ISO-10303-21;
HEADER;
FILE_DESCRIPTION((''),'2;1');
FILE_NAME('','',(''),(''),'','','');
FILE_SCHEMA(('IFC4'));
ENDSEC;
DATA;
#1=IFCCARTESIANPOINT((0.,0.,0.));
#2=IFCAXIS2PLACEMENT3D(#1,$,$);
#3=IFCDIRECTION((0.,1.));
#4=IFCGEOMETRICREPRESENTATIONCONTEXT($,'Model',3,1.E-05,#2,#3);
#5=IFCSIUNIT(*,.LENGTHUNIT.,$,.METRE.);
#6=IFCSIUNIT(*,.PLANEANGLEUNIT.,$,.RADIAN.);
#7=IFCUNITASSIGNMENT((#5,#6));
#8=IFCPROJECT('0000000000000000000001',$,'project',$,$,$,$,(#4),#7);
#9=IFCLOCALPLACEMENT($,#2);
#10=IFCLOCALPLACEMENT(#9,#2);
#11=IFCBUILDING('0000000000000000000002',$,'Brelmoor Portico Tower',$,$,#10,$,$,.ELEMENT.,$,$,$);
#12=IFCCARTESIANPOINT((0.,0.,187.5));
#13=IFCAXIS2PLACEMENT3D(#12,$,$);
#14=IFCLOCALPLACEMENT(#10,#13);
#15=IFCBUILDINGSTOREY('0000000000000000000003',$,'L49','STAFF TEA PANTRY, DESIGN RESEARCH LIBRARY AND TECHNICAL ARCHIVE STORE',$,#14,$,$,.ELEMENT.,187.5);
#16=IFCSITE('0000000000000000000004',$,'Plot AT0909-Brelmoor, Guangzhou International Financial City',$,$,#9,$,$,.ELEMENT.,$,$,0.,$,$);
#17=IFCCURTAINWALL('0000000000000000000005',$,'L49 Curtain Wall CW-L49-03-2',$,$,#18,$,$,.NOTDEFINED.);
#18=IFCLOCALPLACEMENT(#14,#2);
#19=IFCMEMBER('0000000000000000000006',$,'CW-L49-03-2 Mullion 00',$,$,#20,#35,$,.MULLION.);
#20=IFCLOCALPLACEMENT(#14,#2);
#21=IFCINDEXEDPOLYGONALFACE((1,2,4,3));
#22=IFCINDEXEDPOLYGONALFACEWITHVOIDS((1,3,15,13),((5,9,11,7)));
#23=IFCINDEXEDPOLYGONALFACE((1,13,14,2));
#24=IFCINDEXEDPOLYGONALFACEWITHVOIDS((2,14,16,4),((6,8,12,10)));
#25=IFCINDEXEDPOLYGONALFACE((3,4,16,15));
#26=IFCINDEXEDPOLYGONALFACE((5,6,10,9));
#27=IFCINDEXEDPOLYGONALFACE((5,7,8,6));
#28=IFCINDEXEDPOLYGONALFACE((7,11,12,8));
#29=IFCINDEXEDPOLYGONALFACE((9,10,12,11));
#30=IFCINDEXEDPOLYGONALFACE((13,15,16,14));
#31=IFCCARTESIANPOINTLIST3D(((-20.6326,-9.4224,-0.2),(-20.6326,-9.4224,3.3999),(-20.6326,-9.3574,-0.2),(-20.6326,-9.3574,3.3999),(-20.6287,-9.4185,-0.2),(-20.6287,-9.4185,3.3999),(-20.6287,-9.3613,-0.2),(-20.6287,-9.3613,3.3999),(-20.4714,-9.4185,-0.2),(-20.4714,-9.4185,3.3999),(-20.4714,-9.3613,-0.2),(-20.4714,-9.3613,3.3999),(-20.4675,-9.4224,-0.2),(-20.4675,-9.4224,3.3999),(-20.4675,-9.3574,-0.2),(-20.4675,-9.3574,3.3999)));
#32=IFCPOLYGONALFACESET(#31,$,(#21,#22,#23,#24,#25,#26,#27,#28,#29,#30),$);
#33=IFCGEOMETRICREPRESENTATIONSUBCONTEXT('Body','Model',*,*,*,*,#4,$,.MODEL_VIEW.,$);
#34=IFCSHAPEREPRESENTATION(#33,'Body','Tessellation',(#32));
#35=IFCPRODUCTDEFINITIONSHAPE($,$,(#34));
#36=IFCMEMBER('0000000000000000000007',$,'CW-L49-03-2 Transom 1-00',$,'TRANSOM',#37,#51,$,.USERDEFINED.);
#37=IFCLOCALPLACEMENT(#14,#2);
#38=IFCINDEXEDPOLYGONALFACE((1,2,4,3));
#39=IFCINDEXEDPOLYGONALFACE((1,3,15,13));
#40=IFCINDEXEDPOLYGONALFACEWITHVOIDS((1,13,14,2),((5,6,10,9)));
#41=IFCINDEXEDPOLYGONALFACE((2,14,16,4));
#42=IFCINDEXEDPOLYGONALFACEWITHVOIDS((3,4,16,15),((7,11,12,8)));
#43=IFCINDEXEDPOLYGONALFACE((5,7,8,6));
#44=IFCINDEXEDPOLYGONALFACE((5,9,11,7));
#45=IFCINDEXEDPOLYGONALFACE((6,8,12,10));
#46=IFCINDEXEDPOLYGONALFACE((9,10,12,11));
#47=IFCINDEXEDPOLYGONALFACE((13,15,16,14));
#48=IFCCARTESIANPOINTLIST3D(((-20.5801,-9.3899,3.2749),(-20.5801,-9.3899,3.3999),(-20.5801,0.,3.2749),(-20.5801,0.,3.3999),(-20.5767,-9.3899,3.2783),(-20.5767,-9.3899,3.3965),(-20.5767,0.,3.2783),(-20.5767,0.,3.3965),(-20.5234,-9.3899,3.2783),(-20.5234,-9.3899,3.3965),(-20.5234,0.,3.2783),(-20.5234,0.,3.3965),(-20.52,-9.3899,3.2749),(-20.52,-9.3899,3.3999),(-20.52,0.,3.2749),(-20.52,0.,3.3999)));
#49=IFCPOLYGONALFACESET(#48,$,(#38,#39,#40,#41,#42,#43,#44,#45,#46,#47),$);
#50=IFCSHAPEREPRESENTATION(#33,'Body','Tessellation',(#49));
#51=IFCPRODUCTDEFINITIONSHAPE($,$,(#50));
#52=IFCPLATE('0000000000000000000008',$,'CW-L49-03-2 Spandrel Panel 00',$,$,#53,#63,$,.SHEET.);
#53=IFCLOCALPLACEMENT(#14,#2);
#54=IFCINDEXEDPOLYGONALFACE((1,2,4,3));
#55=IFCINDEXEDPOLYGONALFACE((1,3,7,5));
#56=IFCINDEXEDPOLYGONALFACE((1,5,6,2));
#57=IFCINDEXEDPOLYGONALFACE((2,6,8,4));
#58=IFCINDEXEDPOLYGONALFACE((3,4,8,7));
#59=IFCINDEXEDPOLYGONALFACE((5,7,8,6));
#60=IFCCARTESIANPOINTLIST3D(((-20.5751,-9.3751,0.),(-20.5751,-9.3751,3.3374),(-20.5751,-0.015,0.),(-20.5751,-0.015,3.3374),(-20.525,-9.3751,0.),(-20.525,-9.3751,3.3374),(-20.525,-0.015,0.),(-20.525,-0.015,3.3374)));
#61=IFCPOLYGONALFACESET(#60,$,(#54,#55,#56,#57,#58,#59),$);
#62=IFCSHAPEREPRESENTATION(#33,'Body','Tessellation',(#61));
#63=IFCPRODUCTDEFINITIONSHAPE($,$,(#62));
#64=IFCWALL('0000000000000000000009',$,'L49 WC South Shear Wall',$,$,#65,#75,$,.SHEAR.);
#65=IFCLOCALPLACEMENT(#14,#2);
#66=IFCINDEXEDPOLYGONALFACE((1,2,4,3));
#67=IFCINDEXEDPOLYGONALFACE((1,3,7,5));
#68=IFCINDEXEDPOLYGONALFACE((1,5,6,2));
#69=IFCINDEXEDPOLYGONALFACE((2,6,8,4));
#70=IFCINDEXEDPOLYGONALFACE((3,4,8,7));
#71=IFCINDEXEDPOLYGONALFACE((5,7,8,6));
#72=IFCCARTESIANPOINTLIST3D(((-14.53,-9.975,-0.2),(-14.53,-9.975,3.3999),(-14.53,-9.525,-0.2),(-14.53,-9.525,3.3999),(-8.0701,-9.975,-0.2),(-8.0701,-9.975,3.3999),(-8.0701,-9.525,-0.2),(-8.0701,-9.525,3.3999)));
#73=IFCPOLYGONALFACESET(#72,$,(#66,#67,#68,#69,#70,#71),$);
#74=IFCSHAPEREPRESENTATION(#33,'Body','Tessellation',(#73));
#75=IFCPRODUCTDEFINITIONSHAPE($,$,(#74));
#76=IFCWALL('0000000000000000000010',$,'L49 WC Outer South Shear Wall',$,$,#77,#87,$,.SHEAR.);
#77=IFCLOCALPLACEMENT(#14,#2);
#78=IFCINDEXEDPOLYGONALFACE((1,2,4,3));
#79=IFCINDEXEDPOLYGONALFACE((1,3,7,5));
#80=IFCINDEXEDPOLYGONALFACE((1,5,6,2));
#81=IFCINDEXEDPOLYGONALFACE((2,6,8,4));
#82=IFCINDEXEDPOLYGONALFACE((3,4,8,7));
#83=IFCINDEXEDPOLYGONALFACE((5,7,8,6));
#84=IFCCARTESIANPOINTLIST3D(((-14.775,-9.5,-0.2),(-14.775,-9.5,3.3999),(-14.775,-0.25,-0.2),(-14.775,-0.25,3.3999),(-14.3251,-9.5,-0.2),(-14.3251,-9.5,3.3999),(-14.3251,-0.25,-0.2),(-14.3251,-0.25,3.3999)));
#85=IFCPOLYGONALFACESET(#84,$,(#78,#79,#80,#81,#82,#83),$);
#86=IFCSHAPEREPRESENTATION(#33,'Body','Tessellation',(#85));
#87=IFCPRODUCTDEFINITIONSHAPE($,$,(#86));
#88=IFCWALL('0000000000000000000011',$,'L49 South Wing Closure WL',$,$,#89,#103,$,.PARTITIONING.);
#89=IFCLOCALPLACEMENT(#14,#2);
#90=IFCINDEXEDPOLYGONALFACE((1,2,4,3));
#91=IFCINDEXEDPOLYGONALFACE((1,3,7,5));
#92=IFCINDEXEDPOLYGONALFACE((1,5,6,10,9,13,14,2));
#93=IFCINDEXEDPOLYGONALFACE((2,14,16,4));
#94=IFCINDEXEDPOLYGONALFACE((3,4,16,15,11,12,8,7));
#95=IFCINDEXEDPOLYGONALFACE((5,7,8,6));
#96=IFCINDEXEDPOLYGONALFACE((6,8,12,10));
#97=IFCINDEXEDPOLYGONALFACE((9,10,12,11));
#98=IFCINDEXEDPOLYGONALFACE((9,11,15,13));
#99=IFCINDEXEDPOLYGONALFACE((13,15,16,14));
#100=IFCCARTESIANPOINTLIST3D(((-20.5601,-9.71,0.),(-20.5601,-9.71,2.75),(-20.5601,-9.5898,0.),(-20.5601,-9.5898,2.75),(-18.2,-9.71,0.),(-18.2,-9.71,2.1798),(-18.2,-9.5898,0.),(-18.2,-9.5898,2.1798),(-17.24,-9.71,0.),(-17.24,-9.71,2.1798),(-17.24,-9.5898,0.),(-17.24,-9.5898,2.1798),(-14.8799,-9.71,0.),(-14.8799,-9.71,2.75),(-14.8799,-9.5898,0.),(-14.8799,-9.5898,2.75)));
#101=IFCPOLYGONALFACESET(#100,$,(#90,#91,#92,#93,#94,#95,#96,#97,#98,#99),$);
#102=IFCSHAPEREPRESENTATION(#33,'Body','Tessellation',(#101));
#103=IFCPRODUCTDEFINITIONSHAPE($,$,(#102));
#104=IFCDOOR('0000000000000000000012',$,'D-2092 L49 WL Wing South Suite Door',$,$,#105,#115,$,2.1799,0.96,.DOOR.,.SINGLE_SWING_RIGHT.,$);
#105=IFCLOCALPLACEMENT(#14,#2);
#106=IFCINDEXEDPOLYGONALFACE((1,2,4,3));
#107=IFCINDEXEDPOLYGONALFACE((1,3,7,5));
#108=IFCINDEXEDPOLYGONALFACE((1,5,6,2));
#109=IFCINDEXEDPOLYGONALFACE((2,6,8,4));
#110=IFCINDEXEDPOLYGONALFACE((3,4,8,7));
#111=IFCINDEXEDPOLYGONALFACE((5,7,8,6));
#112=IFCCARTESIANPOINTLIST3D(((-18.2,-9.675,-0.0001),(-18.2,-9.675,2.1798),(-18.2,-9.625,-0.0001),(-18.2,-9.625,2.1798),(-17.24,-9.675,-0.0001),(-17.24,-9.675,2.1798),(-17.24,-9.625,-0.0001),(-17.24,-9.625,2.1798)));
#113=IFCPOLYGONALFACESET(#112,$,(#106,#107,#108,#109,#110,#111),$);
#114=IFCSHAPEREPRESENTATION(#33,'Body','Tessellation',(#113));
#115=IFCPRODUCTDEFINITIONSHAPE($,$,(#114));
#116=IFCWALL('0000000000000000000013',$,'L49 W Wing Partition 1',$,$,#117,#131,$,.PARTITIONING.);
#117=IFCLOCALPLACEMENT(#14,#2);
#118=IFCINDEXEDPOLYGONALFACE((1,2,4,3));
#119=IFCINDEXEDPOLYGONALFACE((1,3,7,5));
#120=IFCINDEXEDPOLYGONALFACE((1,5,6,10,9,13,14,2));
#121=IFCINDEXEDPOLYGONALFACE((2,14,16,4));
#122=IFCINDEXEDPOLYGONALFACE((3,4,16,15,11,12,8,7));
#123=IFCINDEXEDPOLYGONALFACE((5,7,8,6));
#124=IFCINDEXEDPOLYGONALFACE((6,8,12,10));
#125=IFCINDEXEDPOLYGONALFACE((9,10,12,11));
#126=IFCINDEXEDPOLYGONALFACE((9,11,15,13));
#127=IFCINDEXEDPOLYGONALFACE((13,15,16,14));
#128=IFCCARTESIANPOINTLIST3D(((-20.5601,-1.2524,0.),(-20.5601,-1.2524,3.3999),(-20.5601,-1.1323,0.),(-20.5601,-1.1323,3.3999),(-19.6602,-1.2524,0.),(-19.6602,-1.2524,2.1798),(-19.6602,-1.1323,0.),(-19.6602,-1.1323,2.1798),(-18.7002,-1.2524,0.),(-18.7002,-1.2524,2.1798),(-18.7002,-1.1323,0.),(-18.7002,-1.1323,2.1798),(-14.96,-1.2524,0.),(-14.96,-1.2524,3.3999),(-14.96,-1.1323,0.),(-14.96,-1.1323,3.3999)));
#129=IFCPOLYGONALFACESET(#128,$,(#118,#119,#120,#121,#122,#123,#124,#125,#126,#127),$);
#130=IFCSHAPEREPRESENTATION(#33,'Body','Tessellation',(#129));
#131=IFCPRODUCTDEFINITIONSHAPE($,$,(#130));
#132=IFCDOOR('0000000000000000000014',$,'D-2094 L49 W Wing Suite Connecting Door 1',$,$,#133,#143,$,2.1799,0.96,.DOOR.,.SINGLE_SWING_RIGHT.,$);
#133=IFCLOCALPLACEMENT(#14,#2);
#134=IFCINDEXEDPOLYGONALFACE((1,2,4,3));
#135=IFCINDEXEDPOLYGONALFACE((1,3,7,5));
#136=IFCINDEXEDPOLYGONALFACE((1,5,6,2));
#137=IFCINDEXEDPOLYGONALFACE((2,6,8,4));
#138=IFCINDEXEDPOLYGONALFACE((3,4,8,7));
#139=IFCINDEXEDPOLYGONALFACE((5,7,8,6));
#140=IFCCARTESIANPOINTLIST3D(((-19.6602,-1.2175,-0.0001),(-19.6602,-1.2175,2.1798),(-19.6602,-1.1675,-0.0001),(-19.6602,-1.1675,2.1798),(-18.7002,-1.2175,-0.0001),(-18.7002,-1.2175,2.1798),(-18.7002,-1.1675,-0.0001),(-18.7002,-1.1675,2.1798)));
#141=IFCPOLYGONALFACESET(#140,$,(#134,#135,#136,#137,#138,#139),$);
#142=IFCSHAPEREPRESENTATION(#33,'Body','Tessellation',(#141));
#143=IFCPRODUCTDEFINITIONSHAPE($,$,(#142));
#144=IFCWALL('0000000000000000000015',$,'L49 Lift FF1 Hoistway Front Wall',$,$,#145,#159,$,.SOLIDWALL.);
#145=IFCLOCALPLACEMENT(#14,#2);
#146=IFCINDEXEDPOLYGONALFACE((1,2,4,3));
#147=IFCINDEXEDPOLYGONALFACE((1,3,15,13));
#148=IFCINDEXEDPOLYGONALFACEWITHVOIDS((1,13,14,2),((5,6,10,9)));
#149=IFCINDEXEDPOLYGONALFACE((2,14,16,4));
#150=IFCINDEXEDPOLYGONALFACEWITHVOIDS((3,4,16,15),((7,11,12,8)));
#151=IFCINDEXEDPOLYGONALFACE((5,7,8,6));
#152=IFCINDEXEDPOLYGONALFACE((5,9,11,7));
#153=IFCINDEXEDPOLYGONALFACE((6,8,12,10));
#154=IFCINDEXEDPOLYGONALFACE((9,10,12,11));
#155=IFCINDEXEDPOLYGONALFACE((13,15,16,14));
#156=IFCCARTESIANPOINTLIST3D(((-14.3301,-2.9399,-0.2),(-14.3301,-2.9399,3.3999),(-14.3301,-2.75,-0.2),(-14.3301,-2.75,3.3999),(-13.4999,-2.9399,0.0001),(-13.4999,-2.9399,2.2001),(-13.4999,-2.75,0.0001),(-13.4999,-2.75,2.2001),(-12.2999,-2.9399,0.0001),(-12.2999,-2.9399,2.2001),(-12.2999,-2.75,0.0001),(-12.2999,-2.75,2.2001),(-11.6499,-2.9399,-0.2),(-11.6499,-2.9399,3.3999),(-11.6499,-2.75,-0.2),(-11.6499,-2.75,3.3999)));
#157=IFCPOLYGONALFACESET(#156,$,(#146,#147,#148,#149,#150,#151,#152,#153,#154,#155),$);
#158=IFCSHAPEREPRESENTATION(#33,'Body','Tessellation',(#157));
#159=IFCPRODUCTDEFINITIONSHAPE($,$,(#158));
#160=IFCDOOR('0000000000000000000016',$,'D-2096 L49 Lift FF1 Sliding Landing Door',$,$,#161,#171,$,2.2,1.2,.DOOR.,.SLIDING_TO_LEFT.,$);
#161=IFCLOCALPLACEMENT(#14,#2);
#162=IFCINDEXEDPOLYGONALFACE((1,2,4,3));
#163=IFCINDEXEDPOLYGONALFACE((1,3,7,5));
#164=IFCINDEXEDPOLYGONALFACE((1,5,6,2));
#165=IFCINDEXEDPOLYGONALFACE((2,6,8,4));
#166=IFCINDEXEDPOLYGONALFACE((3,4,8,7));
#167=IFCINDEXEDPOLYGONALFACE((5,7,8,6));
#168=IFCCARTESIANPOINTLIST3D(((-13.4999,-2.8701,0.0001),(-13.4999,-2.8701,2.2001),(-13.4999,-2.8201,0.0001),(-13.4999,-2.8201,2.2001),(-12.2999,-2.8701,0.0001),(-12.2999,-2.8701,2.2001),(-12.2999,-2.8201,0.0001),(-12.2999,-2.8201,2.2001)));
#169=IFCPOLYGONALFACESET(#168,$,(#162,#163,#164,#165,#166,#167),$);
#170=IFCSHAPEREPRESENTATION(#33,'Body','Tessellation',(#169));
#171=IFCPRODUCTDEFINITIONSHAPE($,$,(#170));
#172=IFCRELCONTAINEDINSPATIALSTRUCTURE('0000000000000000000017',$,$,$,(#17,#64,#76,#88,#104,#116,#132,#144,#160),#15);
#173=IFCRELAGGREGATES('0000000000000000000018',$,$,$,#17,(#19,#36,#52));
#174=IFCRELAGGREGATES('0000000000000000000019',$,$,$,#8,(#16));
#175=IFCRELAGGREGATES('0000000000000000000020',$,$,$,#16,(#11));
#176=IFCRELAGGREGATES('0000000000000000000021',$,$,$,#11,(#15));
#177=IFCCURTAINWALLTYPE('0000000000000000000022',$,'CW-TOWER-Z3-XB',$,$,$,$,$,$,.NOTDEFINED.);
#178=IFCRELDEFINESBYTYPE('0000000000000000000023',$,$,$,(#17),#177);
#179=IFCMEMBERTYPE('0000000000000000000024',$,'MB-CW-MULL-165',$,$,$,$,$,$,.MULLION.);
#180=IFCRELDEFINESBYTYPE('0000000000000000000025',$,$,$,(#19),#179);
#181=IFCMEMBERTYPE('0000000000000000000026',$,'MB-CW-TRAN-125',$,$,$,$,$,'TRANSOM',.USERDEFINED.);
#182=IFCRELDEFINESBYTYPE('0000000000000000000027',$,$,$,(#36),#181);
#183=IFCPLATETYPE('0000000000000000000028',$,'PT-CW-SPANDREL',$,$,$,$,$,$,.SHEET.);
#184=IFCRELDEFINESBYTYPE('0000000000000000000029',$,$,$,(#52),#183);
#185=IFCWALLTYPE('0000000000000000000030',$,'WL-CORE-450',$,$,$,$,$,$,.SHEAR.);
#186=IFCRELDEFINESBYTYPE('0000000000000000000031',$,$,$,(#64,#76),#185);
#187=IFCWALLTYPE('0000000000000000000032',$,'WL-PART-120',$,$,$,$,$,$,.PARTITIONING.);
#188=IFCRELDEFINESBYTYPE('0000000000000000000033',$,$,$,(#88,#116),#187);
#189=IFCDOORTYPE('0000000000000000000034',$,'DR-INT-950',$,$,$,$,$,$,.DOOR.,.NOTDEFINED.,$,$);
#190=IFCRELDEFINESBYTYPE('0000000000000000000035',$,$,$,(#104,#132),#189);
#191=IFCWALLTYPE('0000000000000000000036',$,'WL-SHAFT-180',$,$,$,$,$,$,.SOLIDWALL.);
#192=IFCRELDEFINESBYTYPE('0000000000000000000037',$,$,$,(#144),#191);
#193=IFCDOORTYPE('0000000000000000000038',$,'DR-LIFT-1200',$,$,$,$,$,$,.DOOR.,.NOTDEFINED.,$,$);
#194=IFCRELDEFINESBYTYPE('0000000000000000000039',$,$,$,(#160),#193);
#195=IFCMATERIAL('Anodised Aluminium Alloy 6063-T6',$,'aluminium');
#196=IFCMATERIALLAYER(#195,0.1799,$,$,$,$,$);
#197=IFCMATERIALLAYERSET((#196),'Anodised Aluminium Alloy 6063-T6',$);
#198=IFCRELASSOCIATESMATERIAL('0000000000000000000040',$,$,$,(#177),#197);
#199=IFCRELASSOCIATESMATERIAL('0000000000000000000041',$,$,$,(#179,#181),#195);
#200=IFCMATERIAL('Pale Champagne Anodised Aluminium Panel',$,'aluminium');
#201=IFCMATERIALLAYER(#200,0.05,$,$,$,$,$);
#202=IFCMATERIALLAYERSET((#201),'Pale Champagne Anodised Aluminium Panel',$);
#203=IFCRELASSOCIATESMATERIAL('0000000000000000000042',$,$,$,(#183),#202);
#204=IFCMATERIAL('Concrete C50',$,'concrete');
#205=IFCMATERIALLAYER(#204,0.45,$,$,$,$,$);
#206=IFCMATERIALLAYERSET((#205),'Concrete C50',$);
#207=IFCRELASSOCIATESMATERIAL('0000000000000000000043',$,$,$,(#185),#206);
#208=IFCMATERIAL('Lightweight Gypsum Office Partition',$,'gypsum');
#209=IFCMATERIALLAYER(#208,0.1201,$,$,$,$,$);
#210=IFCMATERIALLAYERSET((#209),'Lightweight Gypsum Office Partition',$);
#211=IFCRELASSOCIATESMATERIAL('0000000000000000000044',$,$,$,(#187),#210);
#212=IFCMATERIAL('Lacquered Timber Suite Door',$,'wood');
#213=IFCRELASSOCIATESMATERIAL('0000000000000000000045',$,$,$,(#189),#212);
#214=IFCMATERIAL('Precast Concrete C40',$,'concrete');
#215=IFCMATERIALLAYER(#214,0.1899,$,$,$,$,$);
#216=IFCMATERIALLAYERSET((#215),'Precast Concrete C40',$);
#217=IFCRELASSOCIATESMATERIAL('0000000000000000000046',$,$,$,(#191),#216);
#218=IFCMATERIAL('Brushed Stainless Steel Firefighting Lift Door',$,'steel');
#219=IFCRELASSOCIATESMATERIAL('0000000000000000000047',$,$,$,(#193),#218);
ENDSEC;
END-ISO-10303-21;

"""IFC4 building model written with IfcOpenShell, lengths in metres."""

from ifc_helpers import new_model, si_unit, direction, frame, frame_2d, origin, origin_2d, place, context, subcontext, project, spatial, rectangle, hollow_rectangle, extrude, material, layer, layer_set, material_profile, profile_set, type_object, element, fill, aggregate, save


model = new_model("IFC4")

# Units and contexts
model_context = context("Model", 3, precision=1e-05, world=origin(), true_north=direction((0.0, 1.0)))
body_context = subcontext(model_context, "Body", "Model", "MODEL_VIEW")
ifc_project = project(units=[si_unit("LENGTHUNIT", "METRE"), si_unit("PLANEANGLEUNIT", "RADIAN")], contexts=[model_context])

# Site, building, storey
site_placement = place(None, origin())
site = spatial("IfcSite", under=ifc_project, at=site_placement, Name="Plot AT0909-Brelmoor, Guangzhou International Financial City", CompositionType="ELEMENT", RefElevation=0.0)
building_placement = place(site_placement, origin())
building = spatial("IfcBuilding", under=site, at=building_placement, Name="Brelmoor Portico Tower", CompositionType="ELEMENT")
storey_placement = place(building_placement, frame((0.0, 0.0, 187.5)))
storey = spatial("IfcBuildingStorey", under=building, at=storey_placement, Name="L49", Description="STAFF TEA PANTRY, DESIGN RESEARCH LIBRARY AND TECHNICAL ARCHIVE STORE", CompositionType="ELEMENT", Elevation=187.5)

# Curtain wall, members, plate
ifc_material_1 = material(Name="Anodised Aluminium Alloy 6063-T6", Category="aluminium")
ifc_layer_1 = layer(ifc_material_1, 0.1799)
ifc_layer_set_1 = layer_set([ifc_layer_1], Name="Anodised Aluminium Alloy 6063-T6")
curtain_wall_type = type_object("IfcCurtainWallType", Name="CW-TOWER-Z3-XB", PredefinedType="NOTDEFINED", material=ifc_layer_set_1)
curtain_wall_placement = place(storey_placement, origin())
curtain_wall = element("IfcCurtainWall", 1, at=curtain_wall_placement, inside=storey, type_object=curtain_wall_type, Name="L49 Curtain Wall CW-L49-03-2", PredefinedType="NOTDEFINED")
ifc_material_profile_1 = material_profile(ifc_material_1, hollow_rectangle(XDim=0.0649, YDim=0.165, WallThickness=0.0039, at=origin_2d()), Name="ALU MULLION 65x165")
ifc_profile_set_1 = profile_set([ifc_material_profile_1], Name="Anodised Aluminium Alloy 6063-T6")
member_type_1 = type_object("IfcMemberType", Name="MB-CW-MULL-165", PredefinedType="MULLION", material=ifc_profile_set_1)
member_1_placement = place(storey_placement, frame((-20.55, -9.3899, -0.2), z_axis=(0.0, 0.0, 1.0), x_axis=(0.0, 1.0, 0.0)))
member_1 = element("IfcMember", 2, at=member_1_placement, type_object=member_type_1, Name="CW-L49-03-2 Mullion 00", PredefinedType="MULLION", context=body_context, shape_type="SweptSolid", body=[
    extrude(hollow_rectangle(XDim=0.0649, YDim=0.165, WallThickness=0.0039, at=origin_2d()), origin(), (0.0, 0.0, 1.0), 3.5999),
])
ifc_material_profile_2 = material_profile(ifc_material_1, hollow_rectangle(XDim=0.0601, YDim=0.125, WallThickness=0.0034, at=origin_2d()), Name="ALU TRANSOM 60x125")
ifc_profile_set_2 = profile_set([ifc_material_profile_2], Name="Anodised Aluminium Alloy 6063-T6")
member_type_2 = type_object("IfcMemberType", Name="MB-CW-TRAN-125", ElementType="TRANSOM", PredefinedType="USERDEFINED", material=ifc_profile_set_2)
member_2_placement = place(storey_placement, frame((-20.55, -9.3899, 3.3374), z_axis=(0.0, 1.0, 0.0), x_axis=(-1.0, 0.0, 0.0)))
member_2 = element("IfcMember", 3, at=member_2_placement, type_object=member_type_2, Name="CW-L49-03-2 Transom 1-00", ObjectType="TRANSOM", PredefinedType="USERDEFINED", context=body_context, shape_type="SweptSolid", body=[
    extrude(hollow_rectangle(XDim=0.0601, YDim=0.125, WallThickness=0.0034, at=origin_2d()), origin(), (0.0, 0.0, 1.0), 9.3899),
])
ifc_material_2 = material(Name="Pale Champagne Anodised Aluminium Panel", Category="aluminium")
ifc_layer_2 = layer(ifc_material_2, 0.05)
ifc_layer_set_2 = layer_set([ifc_layer_2], Name="Pale Champagne Anodised Aluminium Panel")
plate_type = type_object("IfcPlateType", Name="PT-CW-SPANDREL", PredefinedType="SHEET", material=ifc_layer_set_2)
plate_placement = place(storey_placement, frame((-20.55, -4.6951, 0.0), z_axis=(0.0, 0.0, 1.0), x_axis=(0.0, 1.0, 0.0)))
plate = element("IfcPlate", 4, at=plate_placement, type_object=plate_type, Name="CW-L49-03-2 Spandrel Panel 00", PredefinedType="SHEET", context=body_context, shape_type="SweptSolid", body=[
    extrude(rectangle(XDim=9.3601, YDim=0.05, at=origin_2d()), origin(), (0.0, 0.0, 1.0), 3.3374),
])
aggregate(curtain_wall, [member_1, member_2, plate])

# Walls
ifc_material_3 = material(Name="Concrete C50", Category="concrete")
ifc_layer_3 = layer(ifc_material_3, 0.45)
ifc_layer_set_3 = layer_set([ifc_layer_3], Name="Concrete C50")
wall_type_1 = type_object("IfcWallType", Name="WL-CORE-450", PredefinedType="SHEAR", material=ifc_layer_set_3)
wall_1_placement = place(storey_placement, frame((-14.53, -9.75, -0.2), z_axis=(0.0, 0.0, 1.0), x_axis=(1.0, 0.0, 0.0)))
element("IfcWall", 5, at=wall_1_placement, inside=storey, type_object=wall_type_1, Name="L49 WC South Shear Wall", PredefinedType="SHEAR", context=body_context, shape_type="SweptSolid", body=[
    extrude(rectangle(XDim=6.46, YDim=0.45, at=frame_2d((3.23, 0.0))), origin(), (0.0, 0.0, 1.0), 3.5999),
])
wall_2_placement = place(storey_placement, frame((-14.55, -9.5, -0.2), z_axis=(0.0, 0.0, 1.0), x_axis=(0.0, 1.0, 0.0)))
element("IfcWall", 6, at=wall_2_placement, inside=storey, type_object=wall_type_1, Name="L49 WC Outer South Shear Wall", PredefinedType="SHEAR", context=body_context, shape_type="SweptSolid", body=[
    extrude(rectangle(XDim=9.25, YDim=0.45, at=frame_2d((4.625, 0.0))), origin(), (0.0, 0.0, 1.0), 3.5999),
])

# Walls, openings, doors
ifc_material_4 = material(Name="Lightweight Gypsum Office Partition", Category="gypsum")
ifc_layer_4 = layer(ifc_material_4, 0.1201)
ifc_layer_set_4 = layer_set([ifc_layer_4], Name="Lightweight Gypsum Office Partition")
wall_type_2 = type_object("IfcWallType", Name="WL-PART-120", PredefinedType="PARTITIONING", material=ifc_layer_set_4)
wall_3_placement = place(storey_placement, frame((-20.5601, -9.6499, 0.0), z_axis=(0.0, 0.0, 1.0), x_axis=(1.0, 0.0, 0.0)))
wall_3 = element("IfcWall", 7, at=wall_3_placement, inside=storey, type_object=wall_type_2, Name="L49 South Wing Closure WL", PredefinedType="PARTITIONING", context=body_context, shape_type="SweptSolid", body=[
    extrude(rectangle(XDim=5.6802, YDim=0.1201, at=frame_2d((2.8401, 0.0))), origin(), (0.0, 0.0, 1.0), 2.75),
])
opening_1_placement = place(wall_3_placement, frame((2.3601, 0.0, 0.0)))
opening_1 = element("IfcOpeningElement", 8, at=opening_1_placement, cuts=wall_3, PredefinedType="OPENING", context=body_context, shape_type="SweptSolid", body=[
    extrude(rectangle(XDim=0.96, YDim=2.1799, at=frame_2d((0.48, 1.0898))), frame((0.0, 0.0701, 0.0), z_axis=(0.0, -1.0, 0.0), x_axis=(1.0, 0.0, 0.0)), (0.0, 0.0, 1.0), 0.1401),
])
ifc_material_5 = material(Name="Lacquered Timber Suite Door", Category="wood")
door_type_1 = type_object("IfcDoorType", Name="DR-INT-950", OperationType="NOTDEFINED", PredefinedType="DOOR", material=ifc_material_5)
door_1_placement = place(opening_1_placement, origin())
door_1 = element("IfcDoor", 9, at=door_1_placement, inside=storey, type_object=door_type_1, Name="D-2092 L49 WL Wing South Suite Door", OperationType="SINGLE_SWING_RIGHT", OverallHeight=2.1799, OverallWidth=0.96, PredefinedType="DOOR", context=body_context, shape_type="SweptSolid", body=[
    extrude(rectangle(XDim=0.96, YDim=2.1799, at=frame_2d((0.48, 1.0898))), frame((0.0, 0.0249, 0.0), z_axis=(0.0, -1.0, 0.0), x_axis=(1.0, 0.0, 0.0)), (0.0, 0.0, 1.0), 0.05),
])
fill(opening_1, door_1)
wall_4_placement = place(storey_placement, frame((-20.5601, -1.1924, 0.0), z_axis=(0.0, 0.0, 1.0), x_axis=(1.0, 0.0, 0.0)))
wall_4 = element("IfcWall", 10, at=wall_4_placement, inside=storey, type_object=wall_type_2, Name="L49 W Wing Partition 1", PredefinedType="PARTITIONING", context=body_context, shape_type="SweptSolid", body=[
    extrude(rectangle(XDim=5.6001, YDim=0.1201, at=frame_2d((2.8, 0.0))), origin(), (0.0, 0.0, 1.0), 3.3999),
])
opening_2_placement = place(wall_4_placement, frame((0.8999, 0.0, 0.0)))
opening_2 = element("IfcOpeningElement", 11, at=opening_2_placement, cuts=wall_4, PredefinedType="OPENING", context=body_context, shape_type="SweptSolid", body=[
    extrude(rectangle(XDim=0.96, YDim=2.1799, at=frame_2d((0.48, 1.0898))), frame((0.0, 0.0701, 0.0), z_axis=(0.0, -1.0, 0.0), x_axis=(1.0, 0.0, 0.0)), (0.0, 0.0, 1.0), 0.1401),
])
door_2_placement = place(opening_2_placement, origin())
door_2 = element("IfcDoor", 12, at=door_2_placement, inside=storey, type_object=door_type_1, Name="D-2094 L49 W Wing Suite Connecting Door 1", OperationType="SINGLE_SWING_RIGHT", OverallHeight=2.1799, OverallWidth=0.96, PredefinedType="DOOR", context=body_context, shape_type="SweptSolid", body=[
    extrude(rectangle(XDim=0.96, YDim=2.1799, at=frame_2d((0.48, 1.0898))), frame((0.0, 0.0249, 0.0), z_axis=(0.0, -1.0, 0.0), x_axis=(1.0, 0.0, 0.0)), (0.0, 0.0, 1.0), 0.05),
])
fill(opening_2, door_2)
ifc_material_6 = material(Name="Precast Concrete C40", Category="concrete")
ifc_layer_5 = layer(ifc_material_6, 0.1899)
ifc_layer_set_5 = layer_set([ifc_layer_5], Name="Precast Concrete C40")
wall_type_3 = type_object("IfcWallType", Name="WL-SHAFT-180", PredefinedType="SOLIDWALL", material=ifc_layer_set_5)
wall_5_placement = place(storey_placement, frame((-14.3301, -2.845, -0.2), z_axis=(0.0, 0.0, 1.0), x_axis=(1.0, 0.0, 0.0)))
wall_5 = element("IfcWall", 13, at=wall_5_placement, inside=storey, type_object=wall_type_3, Name="L49 Lift FF1 Hoistway Front Wall", PredefinedType="SOLIDWALL", context=body_context, shape_type="SweptSolid", body=[
    extrude(rectangle(XDim=2.6802, YDim=0.1899, at=frame_2d((1.3401, 0.0))), origin(), (0.0, 0.0, 1.0), 3.5999),
])
opening_3_placement = place(wall_5_placement, frame((0.8301, 0.0, 0.2)))
opening_3 = element("IfcOpeningElement", 14, at=opening_3_placement, cuts=wall_5, PredefinedType="OPENING", context=body_context, shape_type="SweptSolid", body=[
    extrude(rectangle(XDim=1.2, YDim=2.2, at=frame_2d((0.6001, 1.1001))), frame((0.0, 0.105, 0.0), z_axis=(0.0, -1.0, 0.0), x_axis=(1.0, 0.0, 0.0)), (0.0, 0.0, 1.0), 0.21),
])
ifc_material_7 = material(Name="Brushed Stainless Steel Firefighting Lift Door", Category="steel")
door_type_2 = type_object("IfcDoorType", Name="DR-LIFT-1200", OperationType="NOTDEFINED", PredefinedType="DOOR", material=ifc_material_7)
door_3_placement = place(opening_3_placement, origin())
door_3 = element("IfcDoor", 15, at=door_3_placement, inside=storey, type_object=door_type_2, Name="D-2096 L49 Lift FF1 Sliding Landing Door", OperationType="SLIDING_TO_LEFT", OverallHeight=2.2, OverallWidth=1.2, PredefinedType="DOOR", context=body_context, shape_type="SweptSolid", body=[
    extrude(rectangle(XDim=1.2, YDim=2.2, at=frame_2d((0.6001, 1.1001))), frame((0.0, 0.0249, 0.0), z_axis=(0.0, -1.0, 0.0), x_axis=(1.0, 0.0, 0.0)), (0.0, 0.0, 1.0), 0.05),
])
fill(opening_3, door_3)

save(model, "model.ifc")
